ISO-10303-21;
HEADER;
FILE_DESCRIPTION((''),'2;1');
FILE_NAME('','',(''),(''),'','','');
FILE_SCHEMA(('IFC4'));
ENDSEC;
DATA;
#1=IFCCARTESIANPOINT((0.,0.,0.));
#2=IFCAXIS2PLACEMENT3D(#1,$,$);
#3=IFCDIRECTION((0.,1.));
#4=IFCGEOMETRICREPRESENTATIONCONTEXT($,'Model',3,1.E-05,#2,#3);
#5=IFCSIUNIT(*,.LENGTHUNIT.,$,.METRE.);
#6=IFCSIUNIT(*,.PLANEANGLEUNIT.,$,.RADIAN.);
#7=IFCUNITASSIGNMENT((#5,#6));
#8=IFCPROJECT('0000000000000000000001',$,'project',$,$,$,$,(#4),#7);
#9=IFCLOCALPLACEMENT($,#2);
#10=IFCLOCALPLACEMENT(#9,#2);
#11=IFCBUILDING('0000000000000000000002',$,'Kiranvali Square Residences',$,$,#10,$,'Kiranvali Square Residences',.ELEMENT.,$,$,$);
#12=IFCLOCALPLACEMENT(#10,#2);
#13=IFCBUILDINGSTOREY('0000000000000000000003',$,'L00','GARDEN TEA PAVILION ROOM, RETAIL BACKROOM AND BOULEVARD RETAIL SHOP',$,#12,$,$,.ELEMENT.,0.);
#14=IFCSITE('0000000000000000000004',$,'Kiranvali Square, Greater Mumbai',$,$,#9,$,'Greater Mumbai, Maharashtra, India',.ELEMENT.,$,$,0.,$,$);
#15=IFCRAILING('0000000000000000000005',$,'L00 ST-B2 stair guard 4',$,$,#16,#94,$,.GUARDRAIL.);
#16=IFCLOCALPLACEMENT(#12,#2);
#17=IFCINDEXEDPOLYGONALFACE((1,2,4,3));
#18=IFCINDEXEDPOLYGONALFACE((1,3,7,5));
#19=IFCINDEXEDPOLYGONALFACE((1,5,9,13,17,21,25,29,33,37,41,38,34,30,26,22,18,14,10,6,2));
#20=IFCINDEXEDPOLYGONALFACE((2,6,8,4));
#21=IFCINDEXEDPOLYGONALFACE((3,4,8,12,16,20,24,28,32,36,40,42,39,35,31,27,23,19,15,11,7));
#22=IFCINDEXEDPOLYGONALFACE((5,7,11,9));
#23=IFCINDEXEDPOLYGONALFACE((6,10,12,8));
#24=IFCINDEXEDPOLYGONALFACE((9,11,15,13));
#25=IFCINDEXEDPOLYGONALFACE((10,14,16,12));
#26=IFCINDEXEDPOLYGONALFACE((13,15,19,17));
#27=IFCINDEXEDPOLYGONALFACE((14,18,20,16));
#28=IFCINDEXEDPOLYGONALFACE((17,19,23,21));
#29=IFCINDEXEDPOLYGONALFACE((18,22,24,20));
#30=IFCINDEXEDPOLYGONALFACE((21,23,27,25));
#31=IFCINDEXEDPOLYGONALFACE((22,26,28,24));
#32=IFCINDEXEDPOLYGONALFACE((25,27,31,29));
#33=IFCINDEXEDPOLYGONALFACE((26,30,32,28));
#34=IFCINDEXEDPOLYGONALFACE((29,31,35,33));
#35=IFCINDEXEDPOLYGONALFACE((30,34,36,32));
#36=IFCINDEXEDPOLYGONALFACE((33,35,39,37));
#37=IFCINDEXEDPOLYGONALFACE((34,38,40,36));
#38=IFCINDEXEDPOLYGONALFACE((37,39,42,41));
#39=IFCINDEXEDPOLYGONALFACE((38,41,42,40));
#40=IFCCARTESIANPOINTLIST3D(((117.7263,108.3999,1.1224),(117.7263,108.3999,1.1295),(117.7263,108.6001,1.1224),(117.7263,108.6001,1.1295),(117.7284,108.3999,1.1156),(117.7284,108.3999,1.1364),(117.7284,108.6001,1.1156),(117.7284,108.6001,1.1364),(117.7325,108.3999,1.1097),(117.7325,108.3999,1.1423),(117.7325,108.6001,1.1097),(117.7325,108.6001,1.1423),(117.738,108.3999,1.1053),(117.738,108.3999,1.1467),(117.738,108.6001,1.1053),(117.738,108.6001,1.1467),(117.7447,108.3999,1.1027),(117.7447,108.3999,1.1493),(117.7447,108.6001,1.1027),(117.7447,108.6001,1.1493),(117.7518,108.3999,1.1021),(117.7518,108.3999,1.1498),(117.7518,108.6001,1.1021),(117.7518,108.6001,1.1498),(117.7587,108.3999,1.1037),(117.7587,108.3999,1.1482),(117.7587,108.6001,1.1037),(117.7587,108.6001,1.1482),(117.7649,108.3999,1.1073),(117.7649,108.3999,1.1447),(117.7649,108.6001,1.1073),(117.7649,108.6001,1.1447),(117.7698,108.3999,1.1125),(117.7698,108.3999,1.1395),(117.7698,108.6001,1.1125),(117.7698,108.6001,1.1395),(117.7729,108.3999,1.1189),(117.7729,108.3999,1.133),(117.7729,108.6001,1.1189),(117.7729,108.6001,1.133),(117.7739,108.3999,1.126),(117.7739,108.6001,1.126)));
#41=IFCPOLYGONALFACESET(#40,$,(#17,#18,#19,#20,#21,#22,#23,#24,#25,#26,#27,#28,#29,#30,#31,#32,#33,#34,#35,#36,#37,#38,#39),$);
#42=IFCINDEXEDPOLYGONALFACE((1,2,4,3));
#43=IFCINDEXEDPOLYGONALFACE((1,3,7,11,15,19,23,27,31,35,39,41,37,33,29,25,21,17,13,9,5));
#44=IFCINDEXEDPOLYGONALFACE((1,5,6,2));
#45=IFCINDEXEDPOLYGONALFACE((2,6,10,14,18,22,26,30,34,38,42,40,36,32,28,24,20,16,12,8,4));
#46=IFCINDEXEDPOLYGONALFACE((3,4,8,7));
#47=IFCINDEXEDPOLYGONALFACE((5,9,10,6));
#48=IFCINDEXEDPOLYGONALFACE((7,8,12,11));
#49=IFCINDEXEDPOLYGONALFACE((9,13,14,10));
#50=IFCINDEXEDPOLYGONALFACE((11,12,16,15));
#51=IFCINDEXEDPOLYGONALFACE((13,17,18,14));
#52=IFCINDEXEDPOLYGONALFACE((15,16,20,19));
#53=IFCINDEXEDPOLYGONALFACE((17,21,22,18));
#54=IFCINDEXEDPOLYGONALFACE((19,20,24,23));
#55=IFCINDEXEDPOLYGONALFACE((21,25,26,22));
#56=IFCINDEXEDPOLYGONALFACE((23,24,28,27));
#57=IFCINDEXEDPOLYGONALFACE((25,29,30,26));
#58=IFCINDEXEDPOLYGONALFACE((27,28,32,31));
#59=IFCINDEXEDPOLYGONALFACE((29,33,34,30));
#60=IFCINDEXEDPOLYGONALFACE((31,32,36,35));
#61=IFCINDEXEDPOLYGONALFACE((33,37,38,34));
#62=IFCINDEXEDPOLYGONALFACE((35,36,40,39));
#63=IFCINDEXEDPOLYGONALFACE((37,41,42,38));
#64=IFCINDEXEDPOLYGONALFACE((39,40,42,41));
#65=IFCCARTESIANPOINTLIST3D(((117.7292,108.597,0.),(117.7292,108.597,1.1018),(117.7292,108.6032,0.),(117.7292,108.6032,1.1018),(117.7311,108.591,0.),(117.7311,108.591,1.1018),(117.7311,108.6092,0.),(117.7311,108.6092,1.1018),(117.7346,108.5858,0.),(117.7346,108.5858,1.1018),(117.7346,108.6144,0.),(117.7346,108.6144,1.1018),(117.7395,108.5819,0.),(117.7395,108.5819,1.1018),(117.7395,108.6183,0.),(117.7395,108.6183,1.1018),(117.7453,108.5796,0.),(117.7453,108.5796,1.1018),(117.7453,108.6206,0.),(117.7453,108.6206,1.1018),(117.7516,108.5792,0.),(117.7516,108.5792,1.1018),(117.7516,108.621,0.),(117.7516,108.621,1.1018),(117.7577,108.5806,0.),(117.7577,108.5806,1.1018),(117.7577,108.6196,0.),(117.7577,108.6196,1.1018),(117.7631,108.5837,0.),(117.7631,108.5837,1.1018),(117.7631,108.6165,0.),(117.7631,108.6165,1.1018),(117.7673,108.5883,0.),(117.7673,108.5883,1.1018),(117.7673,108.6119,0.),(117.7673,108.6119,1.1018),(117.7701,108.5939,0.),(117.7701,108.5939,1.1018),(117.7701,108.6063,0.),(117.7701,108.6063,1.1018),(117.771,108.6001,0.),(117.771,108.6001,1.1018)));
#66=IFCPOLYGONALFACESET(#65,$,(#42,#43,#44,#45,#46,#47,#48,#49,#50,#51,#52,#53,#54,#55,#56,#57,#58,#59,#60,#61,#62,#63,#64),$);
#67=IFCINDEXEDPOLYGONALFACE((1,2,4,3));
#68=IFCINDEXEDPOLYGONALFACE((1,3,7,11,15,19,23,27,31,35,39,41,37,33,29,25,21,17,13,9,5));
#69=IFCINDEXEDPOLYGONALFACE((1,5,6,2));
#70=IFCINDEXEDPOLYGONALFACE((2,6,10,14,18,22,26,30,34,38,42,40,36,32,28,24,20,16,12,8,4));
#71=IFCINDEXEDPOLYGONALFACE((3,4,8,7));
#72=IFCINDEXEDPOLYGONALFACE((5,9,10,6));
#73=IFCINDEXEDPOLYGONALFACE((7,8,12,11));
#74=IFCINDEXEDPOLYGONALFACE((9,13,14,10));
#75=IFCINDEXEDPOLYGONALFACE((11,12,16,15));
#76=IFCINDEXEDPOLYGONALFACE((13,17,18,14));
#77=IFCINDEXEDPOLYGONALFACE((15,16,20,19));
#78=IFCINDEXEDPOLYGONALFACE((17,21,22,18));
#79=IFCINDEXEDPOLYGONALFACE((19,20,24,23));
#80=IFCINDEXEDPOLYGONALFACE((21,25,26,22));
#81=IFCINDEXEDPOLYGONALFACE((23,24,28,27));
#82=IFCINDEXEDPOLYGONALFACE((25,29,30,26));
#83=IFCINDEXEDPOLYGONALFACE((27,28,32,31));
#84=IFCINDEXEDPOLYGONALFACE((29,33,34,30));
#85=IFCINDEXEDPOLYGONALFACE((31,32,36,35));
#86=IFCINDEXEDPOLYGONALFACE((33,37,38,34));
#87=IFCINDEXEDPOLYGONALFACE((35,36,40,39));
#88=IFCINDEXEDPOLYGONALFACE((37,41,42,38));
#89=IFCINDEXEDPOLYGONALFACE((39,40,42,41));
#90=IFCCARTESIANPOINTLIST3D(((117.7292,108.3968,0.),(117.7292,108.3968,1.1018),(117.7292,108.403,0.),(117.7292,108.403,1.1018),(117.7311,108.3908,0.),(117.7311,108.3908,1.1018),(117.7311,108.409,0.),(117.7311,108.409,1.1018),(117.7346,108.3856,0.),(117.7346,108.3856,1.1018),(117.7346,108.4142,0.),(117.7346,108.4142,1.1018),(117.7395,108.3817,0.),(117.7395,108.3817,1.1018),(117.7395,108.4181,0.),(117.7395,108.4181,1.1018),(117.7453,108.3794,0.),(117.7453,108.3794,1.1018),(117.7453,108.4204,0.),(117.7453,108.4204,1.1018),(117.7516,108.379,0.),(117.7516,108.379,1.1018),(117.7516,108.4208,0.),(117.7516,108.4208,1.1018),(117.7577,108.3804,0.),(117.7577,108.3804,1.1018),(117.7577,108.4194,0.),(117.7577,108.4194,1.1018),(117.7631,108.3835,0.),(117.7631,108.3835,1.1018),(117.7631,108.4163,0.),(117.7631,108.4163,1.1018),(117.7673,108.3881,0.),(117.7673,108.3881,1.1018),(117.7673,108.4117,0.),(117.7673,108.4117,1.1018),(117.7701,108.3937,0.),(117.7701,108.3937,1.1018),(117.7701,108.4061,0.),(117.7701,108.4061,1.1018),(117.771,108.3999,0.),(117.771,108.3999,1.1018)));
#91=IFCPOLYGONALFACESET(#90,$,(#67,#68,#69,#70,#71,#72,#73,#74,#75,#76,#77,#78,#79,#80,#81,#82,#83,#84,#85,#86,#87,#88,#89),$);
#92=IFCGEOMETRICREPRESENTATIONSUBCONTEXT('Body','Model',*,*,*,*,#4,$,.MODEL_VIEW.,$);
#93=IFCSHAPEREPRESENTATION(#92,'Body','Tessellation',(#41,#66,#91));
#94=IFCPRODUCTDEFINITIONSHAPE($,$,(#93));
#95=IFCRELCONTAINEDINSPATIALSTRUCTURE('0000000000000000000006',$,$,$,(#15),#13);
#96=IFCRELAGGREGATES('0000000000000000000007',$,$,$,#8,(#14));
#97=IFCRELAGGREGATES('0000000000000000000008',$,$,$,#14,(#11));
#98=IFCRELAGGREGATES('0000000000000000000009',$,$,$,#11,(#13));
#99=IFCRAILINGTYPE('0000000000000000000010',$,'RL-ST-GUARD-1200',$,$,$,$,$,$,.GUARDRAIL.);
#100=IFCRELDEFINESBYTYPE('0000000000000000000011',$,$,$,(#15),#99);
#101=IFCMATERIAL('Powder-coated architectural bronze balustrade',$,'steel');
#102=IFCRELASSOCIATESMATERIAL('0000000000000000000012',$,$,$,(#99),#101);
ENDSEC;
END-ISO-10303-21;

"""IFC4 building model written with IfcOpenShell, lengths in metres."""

from ifc_helpers import new_model, si_unit, direction, frame, origin, origin_2d, place, context, subcontext, project, spatial, circle, extrude, material, type_object, element, save


model = new_model("IFC4")

# Units and contexts
model_context = context("Model", 3, precision=1e-05, world=origin(), true_north=direction((0.0, 1.0)))
body_context = subcontext(model_context, "Body", "Model", "MODEL_VIEW")
ifc_project = project(units=[si_unit("LENGTHUNIT", "METRE"), si_unit("PLANEANGLEUNIT", "RADIAN")], contexts=[model_context])

# Site, building, storey
site_placement = place(None, origin())
site = spatial("IfcSite", under=ifc_project, at=site_placement, Name="Kiranvali Square, Greater Mumbai", LongName="Greater Mumbai, Maharashtra, India", CompositionType="ELEMENT", RefElevation=0.0)
building_placement = place(site_placement, origin())
building = spatial("IfcBuilding", under=site, at=building_placement, Name="Kiranvali Square Residences", LongName="Kiranvali Square Residences", CompositionType="ELEMENT")
storey_placement = place(building_placement, origin())
storey = spatial("IfcBuildingStorey", under=building, at=storey_placement, Name="L00", Description="GARDEN TEA PAVILION ROOM, RETAIL BACKROOM AND BOULEVARD RETAIL SHOP", CompositionType="ELEMENT", Elevation=0.0)

# Railing
ifc_material_1 = material(Name="Powder-coated architectural bronze balustrade", Category="steel")
railing_type_1 = type_object("IfcRailingType", Name="RL-ST-GUARD-1200", PredefinedType="GUARDRAIL", material=ifc_material_1)
railing_1_placement = place(storey_placement, frame((117.75, 108.6001, 0.0)))
element("IfcRailing", 1, at=railing_1_placement, inside=storey, type_object=railing_type_1, Name="L00 ST-B2 stair guard 4", PredefinedType="GUARDRAIL", context=body_context, shape_type="SweptSolid", body=[
    extrude(circle(Radius=0.0239, at=origin_2d()), frame((0.0, 0.0, 1.126), z_axis=(0.0, -1.0, 0.0), x_axis=(1.0, 0.0, 0.0)), (0.0, 0.0, 1.0), 0.2002),
    extrude(circle(Radius=0.021, at=origin_2d()), origin(), (0.0, 0.0, 1.0), 1.1018),
    extrude(circle(Radius=0.021, at=origin_2d()), frame((0.0, -0.2002, 0.0)), (0.0, 0.0, 1.0), 1.1018),
])

save(model, "model.ifc")
